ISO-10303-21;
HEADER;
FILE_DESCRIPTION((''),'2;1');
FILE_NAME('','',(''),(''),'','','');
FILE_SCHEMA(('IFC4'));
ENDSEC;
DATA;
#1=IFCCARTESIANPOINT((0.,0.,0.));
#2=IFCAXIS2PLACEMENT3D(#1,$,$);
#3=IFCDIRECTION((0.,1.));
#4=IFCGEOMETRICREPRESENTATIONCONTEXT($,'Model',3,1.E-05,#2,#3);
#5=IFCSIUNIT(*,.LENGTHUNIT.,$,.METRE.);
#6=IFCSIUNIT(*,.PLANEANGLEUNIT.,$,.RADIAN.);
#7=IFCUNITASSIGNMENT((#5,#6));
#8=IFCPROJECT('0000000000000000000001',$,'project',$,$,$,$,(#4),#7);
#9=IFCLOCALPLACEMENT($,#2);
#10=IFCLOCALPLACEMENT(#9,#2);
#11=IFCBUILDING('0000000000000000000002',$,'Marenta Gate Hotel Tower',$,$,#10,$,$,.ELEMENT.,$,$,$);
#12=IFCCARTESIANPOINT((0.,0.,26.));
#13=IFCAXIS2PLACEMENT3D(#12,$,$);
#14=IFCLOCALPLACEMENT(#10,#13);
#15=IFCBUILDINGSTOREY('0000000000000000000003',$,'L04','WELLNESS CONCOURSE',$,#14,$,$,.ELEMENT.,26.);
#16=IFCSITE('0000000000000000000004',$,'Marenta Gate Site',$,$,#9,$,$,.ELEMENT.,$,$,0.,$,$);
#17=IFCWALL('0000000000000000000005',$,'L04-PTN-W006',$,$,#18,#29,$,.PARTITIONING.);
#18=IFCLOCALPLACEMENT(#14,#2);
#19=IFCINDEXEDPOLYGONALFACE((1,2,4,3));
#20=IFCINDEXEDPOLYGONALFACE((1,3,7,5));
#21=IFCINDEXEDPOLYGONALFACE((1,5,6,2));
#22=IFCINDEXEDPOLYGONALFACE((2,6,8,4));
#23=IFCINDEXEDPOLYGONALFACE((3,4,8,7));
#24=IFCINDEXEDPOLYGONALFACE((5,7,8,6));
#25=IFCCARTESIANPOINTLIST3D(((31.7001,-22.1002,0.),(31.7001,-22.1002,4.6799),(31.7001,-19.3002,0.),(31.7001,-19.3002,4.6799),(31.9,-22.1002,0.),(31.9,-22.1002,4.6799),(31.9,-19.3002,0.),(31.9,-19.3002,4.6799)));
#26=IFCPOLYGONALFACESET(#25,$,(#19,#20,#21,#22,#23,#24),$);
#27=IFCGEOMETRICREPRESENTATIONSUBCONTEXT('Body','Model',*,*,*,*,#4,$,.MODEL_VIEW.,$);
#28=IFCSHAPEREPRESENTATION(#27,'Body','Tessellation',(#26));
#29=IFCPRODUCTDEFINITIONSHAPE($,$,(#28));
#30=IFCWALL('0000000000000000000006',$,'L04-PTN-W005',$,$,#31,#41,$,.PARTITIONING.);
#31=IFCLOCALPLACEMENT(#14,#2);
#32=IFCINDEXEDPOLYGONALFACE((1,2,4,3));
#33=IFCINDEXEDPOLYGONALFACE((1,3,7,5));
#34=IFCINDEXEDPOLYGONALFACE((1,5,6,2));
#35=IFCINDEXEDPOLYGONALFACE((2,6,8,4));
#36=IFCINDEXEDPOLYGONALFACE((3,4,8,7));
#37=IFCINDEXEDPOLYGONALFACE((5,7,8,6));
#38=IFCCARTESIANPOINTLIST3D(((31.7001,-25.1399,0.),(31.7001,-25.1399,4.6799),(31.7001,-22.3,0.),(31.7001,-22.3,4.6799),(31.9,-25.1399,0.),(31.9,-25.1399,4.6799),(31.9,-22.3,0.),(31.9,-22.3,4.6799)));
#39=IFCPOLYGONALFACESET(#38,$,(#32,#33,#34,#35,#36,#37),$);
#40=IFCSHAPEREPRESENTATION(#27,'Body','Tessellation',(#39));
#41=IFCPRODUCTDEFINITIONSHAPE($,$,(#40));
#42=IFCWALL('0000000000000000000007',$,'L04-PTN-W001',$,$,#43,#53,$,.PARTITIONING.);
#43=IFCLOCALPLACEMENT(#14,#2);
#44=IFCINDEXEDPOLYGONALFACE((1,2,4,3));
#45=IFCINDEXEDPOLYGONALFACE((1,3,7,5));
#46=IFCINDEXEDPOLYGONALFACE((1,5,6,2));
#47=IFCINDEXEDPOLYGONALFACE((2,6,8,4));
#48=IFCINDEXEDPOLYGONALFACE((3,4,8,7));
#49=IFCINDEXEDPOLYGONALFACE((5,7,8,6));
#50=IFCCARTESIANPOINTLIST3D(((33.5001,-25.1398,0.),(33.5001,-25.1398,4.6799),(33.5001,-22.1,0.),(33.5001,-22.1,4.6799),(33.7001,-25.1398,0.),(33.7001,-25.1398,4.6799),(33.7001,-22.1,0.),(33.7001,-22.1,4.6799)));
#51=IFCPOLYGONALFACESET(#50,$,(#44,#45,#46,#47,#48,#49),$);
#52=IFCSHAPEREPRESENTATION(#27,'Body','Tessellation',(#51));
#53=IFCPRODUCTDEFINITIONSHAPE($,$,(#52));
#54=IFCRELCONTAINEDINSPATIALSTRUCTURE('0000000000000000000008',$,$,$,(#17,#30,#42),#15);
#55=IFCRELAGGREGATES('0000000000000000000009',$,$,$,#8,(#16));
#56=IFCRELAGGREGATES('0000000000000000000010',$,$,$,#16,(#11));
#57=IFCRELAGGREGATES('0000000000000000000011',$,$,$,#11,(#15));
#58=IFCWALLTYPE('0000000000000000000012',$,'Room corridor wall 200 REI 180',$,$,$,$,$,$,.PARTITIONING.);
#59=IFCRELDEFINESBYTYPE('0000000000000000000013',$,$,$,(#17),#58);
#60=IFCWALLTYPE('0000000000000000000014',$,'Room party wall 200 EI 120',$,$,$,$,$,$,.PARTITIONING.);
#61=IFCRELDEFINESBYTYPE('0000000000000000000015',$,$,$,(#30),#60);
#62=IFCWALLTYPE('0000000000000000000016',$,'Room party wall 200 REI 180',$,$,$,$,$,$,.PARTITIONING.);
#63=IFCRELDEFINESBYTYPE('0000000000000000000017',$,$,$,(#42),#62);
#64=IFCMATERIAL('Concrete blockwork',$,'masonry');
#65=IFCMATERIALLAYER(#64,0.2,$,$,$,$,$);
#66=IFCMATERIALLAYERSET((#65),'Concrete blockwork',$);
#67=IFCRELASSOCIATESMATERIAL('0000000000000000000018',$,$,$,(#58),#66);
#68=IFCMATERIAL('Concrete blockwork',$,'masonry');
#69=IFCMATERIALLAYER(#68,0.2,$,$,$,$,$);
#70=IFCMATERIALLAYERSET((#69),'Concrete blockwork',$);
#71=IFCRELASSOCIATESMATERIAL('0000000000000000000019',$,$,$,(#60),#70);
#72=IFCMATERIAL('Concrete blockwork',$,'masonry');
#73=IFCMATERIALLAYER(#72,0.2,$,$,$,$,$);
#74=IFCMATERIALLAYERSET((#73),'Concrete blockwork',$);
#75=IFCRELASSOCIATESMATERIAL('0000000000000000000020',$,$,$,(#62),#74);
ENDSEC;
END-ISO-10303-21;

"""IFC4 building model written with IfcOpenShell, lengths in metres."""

from ifc_helpers import new_model, si_unit, direction, frame, frame_2d, origin, place, context, subcontext, project, spatial, rectangle, extrude, material, layer, layer_set, type_object, element, save


model = new_model("IFC4")

# Units and contexts
model_context = context("Model", 3, precision=1e-05, world=origin(), true_north=direction((0.0, 1.0)))
body_context = subcontext(model_context, "Body", "Model", "MODEL_VIEW")
ifc_project = project(units=[si_unit("LENGTHUNIT", "METRE"), si_unit("PLANEANGLEUNIT", "RADIAN")], contexts=[model_context])

# Site, building, storey
site_placement = place(None, origin())
site = spatial("IfcSite", under=ifc_project, at=site_placement, Name="Marenta Gate Site", CompositionType="ELEMENT", RefElevation=0.0)
building_placement = place(site_placement, origin())
building = spatial("IfcBuilding", under=site, at=building_placement, Name="Marenta Gate Hotel Tower", CompositionType="ELEMENT")
storey_placement = place(building_placement, frame((0.0, 0.0, 26.0)))
storey = spatial("IfcBuildingStorey", under=building, at=storey_placement, Name="L04", Description="WELLNESS CONCOURSE", CompositionType="ELEMENT", Elevation=26.0)

# Wall
ifc_material_1 = material(Name="Concrete blockwork", Category="masonry")
ifc_layer_1 = layer(ifc_material_1, 0.2)
ifc_layer_set_1 = layer_set([ifc_layer_1], Name="Concrete blockwork")
wall_type_1 = type_object("IfcWallType", Name="Room corridor wall 200 REI 180", PredefinedType="PARTITIONING", material=ifc_layer_set_1)
wall_1_placement = place(storey_placement, frame((31.8, -22.1001, 0.0), z_axis=(0.0, 0.0, 1.0), x_axis=(0.0, 1.0, 0.0)))
element("IfcWall", 1, at=wall_1_placement, inside=storey, type_object=wall_type_1, Name="L04-PTN-W006", PredefinedType="PARTITIONING", context=body_context, shape_type="SweptSolid", body=[
    extrude(rectangle(XDim=2.8, YDim=0.2, at=frame_2d((1.3999, 0.0))), origin(), (0.0, 0.0, 1.0), 4.6799),
])

# Walls
ifc_material_2 = material(Name="Concrete blockwork", Category="masonry")
ifc_layer_2 = layer(ifc_material_2, 0.2)
ifc_layer_set_2 = layer_set([ifc_layer_2], Name="Concrete blockwork")
wall_type_2 = type_object("IfcWallType", Name="Room party wall 200 EI 120", PredefinedType="PARTITIONING", material=ifc_layer_set_2)
wall_2_placement = place(storey_placement, frame((31.8, -25.1399, 0.0), z_axis=(0.0, 0.0, 1.0), x_axis=(0.0, 1.0, 0.0)))
element("IfcWall", 2, at=wall_2_placement, inside=storey, type_object=wall_type_2, Name="L04-PTN-W005", PredefinedType="PARTITIONING", context=body_context, shape_type="SweptSolid", body=[
    extrude(rectangle(XDim=2.8398, YDim=0.2, at=frame_2d((1.4199, 0.0))), origin(), (0.0, 0.0, 1.0), 4.6799),
])
ifc_material_3 = material(Name="Concrete blockwork", Category="masonry")
ifc_layer_3 = layer(ifc_material_3, 0.2)
ifc_layer_set_3 = layer_set([ifc_layer_3], Name="Concrete blockwork")
wall_type_3 = type_object("IfcWallType", Name="Room party wall 200 REI 180", PredefinedType="PARTITIONING", material=ifc_layer_set_3)
wall_3_placement = place(storey_placement, frame((33.6001, -25.1399, 0.0), z_axis=(0.0, 0.0, 1.0), x_axis=(0.0, 1.0, 0.0)))
element("IfcWall", 3, at=wall_3_placement, inside=storey, type_object=wall_type_3, Name="L04-PTN-W001", PredefinedType="PARTITIONING", context=body_context, shape_type="SweptSolid", body=[
    extrude(rectangle(XDim=3.0398, YDim=0.2, at=frame_2d((1.52, 0.0))), origin(), (0.0, 0.0, 1.0), 4.6799),
])

save(model, "model.ifc")
